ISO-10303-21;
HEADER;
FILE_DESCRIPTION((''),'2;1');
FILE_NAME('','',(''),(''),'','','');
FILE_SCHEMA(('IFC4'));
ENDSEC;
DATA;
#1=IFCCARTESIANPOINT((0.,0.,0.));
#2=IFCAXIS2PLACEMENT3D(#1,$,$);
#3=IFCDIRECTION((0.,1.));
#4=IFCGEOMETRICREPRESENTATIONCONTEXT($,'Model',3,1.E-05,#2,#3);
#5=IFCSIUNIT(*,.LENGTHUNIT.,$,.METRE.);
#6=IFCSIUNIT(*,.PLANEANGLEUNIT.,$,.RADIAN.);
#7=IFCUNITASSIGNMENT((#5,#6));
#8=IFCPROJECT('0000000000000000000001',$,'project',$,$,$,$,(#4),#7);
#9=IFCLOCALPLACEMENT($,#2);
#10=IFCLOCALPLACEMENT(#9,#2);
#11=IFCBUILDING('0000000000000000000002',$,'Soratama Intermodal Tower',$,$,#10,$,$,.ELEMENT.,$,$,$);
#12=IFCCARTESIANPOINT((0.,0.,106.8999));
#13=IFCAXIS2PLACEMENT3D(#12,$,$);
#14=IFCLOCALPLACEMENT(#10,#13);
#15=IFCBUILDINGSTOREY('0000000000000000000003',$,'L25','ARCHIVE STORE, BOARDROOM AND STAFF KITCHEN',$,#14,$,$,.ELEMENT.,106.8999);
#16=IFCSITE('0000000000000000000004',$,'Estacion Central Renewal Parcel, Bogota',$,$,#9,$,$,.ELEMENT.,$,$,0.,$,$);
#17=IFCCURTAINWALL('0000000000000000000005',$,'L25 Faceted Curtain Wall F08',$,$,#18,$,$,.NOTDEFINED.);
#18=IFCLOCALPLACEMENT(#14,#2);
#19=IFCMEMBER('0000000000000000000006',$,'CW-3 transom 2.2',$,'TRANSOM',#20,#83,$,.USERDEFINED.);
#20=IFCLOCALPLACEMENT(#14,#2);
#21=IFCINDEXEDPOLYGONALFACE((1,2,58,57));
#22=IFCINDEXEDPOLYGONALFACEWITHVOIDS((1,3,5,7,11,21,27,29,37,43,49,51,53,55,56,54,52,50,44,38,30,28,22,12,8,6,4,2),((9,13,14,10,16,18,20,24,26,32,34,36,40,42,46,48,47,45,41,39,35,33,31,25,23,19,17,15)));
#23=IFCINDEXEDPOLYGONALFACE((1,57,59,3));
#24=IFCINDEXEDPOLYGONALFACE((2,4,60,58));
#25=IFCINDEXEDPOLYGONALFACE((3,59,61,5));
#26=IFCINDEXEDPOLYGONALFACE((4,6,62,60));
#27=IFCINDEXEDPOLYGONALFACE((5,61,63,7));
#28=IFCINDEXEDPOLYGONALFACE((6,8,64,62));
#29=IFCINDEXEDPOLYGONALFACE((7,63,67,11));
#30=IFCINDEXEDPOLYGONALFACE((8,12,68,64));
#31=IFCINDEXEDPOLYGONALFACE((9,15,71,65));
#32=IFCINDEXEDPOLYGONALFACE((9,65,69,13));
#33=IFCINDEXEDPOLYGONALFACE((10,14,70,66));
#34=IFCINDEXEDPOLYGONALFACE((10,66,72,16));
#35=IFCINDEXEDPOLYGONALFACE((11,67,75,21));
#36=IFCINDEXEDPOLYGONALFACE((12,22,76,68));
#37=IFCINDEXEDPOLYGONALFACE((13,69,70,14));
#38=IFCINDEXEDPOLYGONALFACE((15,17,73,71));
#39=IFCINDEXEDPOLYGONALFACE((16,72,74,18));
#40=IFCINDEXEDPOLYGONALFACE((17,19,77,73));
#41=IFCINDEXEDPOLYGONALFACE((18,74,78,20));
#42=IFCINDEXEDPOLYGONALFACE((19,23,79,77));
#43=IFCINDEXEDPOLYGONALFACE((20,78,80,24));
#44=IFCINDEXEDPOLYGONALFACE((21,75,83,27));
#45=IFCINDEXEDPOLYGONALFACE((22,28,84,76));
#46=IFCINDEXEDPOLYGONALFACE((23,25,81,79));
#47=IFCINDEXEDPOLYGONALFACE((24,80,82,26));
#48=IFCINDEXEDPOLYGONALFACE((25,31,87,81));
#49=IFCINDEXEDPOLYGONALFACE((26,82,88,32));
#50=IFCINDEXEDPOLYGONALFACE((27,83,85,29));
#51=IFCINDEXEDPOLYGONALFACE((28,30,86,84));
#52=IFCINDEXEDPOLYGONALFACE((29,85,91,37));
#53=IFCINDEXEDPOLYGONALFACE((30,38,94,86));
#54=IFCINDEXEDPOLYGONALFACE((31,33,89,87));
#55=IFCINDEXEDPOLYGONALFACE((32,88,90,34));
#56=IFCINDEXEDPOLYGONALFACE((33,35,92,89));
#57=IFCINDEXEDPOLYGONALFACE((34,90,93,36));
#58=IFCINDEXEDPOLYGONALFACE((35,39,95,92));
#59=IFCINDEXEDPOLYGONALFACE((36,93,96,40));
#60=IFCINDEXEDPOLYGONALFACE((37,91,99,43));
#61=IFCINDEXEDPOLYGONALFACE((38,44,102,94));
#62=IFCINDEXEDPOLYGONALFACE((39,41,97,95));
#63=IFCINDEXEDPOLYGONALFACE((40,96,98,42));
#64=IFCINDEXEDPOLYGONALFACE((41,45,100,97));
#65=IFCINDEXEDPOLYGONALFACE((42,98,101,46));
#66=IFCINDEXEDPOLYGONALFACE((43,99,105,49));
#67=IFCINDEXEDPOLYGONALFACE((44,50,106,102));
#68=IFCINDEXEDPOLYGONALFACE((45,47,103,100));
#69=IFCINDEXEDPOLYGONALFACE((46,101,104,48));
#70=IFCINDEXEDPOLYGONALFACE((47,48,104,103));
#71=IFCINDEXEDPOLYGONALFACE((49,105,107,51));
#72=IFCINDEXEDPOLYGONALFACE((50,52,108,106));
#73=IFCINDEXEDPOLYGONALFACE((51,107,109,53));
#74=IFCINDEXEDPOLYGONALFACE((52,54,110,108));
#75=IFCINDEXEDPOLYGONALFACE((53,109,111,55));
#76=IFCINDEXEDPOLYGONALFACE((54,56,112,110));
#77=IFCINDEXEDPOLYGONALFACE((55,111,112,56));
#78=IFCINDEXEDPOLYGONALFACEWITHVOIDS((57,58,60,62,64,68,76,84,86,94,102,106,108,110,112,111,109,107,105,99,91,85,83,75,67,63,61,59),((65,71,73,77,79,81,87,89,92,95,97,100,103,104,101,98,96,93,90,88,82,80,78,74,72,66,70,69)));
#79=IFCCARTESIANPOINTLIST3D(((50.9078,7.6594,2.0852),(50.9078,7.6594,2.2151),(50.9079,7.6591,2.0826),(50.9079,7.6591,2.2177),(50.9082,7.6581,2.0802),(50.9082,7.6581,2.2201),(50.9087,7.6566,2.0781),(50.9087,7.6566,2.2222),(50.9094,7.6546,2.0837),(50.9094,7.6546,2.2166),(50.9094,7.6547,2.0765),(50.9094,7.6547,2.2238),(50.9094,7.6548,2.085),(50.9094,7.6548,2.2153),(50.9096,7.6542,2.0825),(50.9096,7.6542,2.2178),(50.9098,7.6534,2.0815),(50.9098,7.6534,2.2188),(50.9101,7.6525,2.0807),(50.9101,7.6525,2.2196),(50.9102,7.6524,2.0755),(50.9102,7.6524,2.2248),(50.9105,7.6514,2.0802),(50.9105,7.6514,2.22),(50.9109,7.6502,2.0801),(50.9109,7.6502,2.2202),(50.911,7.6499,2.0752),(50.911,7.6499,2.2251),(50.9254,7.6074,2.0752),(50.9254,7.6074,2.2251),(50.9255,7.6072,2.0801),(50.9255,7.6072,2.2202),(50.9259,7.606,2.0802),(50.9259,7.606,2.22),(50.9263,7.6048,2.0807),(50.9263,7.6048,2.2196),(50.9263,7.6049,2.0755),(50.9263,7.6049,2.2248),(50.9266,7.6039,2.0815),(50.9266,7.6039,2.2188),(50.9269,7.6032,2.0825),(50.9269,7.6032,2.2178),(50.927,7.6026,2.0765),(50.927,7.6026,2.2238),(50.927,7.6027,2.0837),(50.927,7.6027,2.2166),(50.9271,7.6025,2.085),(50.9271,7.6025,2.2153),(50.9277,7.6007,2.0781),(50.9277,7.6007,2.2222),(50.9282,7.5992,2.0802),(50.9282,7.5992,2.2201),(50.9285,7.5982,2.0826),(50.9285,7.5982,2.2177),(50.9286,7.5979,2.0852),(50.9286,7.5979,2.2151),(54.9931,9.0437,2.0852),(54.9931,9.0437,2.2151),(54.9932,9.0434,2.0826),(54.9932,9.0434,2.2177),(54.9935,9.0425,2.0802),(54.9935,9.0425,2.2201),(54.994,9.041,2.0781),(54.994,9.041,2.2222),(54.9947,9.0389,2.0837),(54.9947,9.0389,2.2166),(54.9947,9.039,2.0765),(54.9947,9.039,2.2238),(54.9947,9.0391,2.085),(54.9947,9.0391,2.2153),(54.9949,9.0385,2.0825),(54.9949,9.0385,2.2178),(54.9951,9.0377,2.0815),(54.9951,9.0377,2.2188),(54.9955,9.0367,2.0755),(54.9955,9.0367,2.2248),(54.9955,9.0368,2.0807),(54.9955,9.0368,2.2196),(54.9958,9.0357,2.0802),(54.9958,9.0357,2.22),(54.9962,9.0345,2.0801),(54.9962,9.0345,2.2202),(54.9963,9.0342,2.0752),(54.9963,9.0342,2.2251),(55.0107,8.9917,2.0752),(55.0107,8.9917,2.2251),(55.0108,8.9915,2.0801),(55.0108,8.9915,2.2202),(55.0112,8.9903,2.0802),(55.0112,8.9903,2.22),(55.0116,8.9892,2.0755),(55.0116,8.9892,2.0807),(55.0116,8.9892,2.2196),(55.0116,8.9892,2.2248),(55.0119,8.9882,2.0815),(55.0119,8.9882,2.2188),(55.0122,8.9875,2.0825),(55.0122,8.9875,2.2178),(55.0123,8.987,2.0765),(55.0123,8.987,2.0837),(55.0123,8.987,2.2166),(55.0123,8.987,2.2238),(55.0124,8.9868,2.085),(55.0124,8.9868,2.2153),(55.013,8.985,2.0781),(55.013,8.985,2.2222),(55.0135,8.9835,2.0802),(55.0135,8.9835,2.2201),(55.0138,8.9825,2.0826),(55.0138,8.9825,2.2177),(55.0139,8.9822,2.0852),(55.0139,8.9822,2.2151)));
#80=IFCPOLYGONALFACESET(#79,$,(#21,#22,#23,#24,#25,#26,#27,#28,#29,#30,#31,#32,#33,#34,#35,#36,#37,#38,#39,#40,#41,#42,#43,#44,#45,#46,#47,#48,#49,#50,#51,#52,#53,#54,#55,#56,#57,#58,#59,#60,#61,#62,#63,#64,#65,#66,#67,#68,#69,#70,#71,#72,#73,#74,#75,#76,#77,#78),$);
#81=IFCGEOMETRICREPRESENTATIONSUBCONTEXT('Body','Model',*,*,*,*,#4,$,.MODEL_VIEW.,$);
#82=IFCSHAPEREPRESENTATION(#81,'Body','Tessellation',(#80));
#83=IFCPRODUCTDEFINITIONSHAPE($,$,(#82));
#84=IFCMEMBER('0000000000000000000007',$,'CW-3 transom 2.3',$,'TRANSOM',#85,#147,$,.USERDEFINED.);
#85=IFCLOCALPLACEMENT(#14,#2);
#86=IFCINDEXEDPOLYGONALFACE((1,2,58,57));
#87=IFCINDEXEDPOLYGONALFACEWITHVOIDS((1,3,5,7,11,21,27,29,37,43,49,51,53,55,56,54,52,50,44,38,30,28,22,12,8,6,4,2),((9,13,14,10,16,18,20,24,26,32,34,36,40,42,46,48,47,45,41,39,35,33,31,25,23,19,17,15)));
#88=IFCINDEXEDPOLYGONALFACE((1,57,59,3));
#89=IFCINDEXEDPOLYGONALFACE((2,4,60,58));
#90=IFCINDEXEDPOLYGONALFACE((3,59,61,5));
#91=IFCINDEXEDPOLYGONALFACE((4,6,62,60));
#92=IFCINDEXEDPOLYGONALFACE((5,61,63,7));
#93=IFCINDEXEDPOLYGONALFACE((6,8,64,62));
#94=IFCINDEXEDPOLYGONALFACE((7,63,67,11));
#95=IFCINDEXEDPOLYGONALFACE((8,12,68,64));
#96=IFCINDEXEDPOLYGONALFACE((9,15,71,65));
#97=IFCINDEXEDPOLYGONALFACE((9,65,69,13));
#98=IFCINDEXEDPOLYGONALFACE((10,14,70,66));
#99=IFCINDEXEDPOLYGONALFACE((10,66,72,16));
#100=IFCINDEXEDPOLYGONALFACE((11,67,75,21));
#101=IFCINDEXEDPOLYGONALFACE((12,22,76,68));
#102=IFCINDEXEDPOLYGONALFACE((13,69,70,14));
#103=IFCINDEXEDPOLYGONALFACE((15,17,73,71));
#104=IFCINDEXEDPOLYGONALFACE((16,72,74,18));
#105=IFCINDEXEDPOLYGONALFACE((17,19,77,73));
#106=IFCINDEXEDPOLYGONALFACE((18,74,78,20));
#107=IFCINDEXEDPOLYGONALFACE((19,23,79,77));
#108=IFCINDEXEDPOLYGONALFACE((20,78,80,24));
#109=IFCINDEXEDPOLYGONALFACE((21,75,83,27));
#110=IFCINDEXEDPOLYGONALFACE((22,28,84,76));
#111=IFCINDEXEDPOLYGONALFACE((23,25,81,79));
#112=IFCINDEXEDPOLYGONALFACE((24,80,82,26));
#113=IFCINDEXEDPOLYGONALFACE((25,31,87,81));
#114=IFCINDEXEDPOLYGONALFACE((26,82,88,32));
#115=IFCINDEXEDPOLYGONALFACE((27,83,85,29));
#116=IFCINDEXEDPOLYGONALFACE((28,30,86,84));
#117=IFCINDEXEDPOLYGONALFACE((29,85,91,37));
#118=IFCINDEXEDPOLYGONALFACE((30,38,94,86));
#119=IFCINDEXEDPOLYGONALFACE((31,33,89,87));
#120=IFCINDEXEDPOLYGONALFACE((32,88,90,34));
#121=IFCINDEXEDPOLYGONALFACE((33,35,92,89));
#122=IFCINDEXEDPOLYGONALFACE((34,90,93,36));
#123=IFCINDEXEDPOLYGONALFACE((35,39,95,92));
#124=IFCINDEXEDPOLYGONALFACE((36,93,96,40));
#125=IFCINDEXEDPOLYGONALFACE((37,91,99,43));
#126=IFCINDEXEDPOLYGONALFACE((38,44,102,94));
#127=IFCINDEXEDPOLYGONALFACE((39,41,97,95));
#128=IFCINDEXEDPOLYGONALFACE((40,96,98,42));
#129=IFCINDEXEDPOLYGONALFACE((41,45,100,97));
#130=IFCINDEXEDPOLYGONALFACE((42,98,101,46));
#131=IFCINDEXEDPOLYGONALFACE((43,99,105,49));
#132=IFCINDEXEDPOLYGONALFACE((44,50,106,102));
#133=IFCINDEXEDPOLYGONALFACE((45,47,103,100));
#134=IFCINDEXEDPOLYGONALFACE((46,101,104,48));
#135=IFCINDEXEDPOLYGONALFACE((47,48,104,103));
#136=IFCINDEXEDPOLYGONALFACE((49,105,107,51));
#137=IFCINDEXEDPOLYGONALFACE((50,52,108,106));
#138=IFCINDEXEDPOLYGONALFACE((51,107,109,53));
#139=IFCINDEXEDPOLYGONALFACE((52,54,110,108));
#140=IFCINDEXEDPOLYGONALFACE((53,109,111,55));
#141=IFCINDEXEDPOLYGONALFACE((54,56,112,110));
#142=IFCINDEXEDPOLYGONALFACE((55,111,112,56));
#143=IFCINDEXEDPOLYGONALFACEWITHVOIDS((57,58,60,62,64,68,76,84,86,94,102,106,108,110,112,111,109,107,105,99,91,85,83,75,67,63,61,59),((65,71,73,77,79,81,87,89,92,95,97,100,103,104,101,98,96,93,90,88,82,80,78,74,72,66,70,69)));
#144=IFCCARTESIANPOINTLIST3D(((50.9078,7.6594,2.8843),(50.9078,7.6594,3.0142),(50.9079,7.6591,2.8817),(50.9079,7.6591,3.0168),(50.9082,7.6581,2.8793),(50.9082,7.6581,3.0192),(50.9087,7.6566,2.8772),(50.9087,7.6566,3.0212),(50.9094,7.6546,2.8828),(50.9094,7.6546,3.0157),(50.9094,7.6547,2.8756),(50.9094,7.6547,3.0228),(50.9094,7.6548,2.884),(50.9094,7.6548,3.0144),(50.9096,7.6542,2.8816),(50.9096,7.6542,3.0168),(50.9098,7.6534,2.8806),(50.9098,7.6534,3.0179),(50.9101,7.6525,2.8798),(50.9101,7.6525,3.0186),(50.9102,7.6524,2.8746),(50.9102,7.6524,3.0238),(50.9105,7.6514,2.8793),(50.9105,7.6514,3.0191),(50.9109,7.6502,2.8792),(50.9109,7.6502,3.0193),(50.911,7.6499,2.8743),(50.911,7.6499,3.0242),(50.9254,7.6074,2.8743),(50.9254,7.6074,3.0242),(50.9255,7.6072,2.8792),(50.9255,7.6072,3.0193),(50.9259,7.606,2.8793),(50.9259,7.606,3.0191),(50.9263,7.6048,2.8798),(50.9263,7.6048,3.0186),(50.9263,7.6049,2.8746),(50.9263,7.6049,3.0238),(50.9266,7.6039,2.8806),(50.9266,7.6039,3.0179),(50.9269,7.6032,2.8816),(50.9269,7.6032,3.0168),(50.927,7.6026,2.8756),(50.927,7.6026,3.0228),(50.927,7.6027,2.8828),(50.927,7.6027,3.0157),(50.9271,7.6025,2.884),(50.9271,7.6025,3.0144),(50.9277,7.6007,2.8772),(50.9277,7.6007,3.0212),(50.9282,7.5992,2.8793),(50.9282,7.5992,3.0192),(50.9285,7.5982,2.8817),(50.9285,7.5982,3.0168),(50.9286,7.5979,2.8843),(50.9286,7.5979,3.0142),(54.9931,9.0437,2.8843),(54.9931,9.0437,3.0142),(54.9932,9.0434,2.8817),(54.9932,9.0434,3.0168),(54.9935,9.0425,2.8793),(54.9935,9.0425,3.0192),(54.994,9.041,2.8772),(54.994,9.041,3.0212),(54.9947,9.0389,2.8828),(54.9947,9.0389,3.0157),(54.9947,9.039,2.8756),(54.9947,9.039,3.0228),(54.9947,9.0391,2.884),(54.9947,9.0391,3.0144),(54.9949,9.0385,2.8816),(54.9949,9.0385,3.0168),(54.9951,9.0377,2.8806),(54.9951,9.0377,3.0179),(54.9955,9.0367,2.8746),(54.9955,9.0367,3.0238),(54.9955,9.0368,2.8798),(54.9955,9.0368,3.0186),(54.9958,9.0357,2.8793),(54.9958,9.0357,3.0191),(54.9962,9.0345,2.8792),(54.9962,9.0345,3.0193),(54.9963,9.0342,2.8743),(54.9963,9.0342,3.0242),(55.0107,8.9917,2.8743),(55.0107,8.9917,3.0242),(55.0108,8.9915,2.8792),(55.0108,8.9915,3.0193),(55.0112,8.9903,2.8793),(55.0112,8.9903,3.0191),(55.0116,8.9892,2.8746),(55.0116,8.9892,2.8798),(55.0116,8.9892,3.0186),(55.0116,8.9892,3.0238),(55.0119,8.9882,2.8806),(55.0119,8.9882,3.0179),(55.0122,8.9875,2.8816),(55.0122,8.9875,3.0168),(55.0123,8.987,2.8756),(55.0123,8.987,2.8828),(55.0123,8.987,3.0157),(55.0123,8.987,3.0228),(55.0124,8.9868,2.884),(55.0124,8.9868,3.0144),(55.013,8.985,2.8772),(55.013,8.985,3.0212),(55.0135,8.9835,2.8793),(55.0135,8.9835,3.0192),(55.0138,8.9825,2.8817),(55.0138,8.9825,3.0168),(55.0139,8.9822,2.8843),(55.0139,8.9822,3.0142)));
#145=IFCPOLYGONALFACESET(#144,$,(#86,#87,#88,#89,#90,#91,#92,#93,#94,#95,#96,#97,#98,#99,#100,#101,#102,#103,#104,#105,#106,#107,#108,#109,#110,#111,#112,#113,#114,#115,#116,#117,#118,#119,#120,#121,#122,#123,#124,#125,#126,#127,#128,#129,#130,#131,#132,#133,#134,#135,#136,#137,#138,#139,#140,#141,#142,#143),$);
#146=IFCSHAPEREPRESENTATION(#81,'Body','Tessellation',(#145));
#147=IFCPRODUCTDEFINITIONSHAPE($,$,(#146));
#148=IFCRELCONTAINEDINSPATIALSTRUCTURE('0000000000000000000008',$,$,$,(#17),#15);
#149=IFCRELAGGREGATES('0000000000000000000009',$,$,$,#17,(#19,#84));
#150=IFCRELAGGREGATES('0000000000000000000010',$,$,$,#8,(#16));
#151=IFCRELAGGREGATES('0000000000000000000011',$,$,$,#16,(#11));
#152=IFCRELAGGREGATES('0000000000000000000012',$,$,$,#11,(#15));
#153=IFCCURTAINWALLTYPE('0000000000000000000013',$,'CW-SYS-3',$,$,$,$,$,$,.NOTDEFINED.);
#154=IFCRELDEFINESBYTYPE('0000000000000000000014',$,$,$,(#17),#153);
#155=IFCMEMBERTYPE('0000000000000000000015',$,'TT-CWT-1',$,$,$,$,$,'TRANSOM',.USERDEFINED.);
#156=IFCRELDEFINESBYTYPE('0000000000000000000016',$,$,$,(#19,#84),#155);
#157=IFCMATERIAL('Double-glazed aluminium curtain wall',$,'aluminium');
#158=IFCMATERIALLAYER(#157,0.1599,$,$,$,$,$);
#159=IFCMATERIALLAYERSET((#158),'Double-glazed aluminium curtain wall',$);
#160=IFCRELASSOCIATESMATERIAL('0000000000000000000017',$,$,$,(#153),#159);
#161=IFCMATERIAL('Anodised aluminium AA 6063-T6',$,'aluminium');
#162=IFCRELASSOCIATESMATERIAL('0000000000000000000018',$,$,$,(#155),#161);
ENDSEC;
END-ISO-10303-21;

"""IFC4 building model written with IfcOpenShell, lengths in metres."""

from ifc_helpers import new_model, si_unit, direction, frame, origin, origin_2d, place, context, subcontext, project, spatial, hollow_rectangle, extrude, material, layer, layer_set, material_profile, profile_set, type_object, element, aggregate, save


model = new_model("IFC4")

# Units and contexts
model_context = context("Model", 3, precision=1e-05, world=origin(), true_north=direction((0.0, 1.0)))
body_context = subcontext(model_context, "Body", "Model", "MODEL_VIEW")
ifc_project = project(units=[si_unit("LENGTHUNIT", "METRE"), si_unit("PLANEANGLEUNIT", "RADIAN")], contexts=[model_context])

# Site, building, storey
site_placement = place(None, origin())
site = spatial("IfcSite", under=ifc_project, at=site_placement, Name="Estacion Central Renewal Parcel, Bogota", CompositionType="ELEMENT", RefElevation=0.0)
building_placement = place(site_placement, origin())
building = spatial("IfcBuilding", under=site, at=building_placement, Name="Soratama Intermodal Tower", CompositionType="ELEMENT")
storey_placement = place(building_placement, frame((0.0, 0.0, 106.8999)))
storey = spatial("IfcBuildingStorey", under=building, at=storey_placement, Name="L25", Description="ARCHIVE STORE, BOARDROOM AND STAFF KITCHEN", CompositionType="ELEMENT", Elevation=106.8999)

# Curtain wall
ifc_material_1 = material(Name="Double-glazed aluminium curtain wall", Category="aluminium")
ifc_layer_1 = layer(ifc_material_1, 0.1599)
ifc_layer_set_1 = layer_set([ifc_layer_1], Name="Double-glazed aluminium curtain wall")
curtain_wall_type = type_object("IfcCurtainWallType", Name="CW-SYS-3", PredefinedType="NOTDEFINED", material=ifc_layer_set_1)
curtain_wall_1_placement = place(storey_placement, origin())
curtain_wall_1 = element("IfcCurtainWall", 1, at=curtain_wall_1_placement, inside=storey, type_object=curtain_wall_type, Name="L25 Faceted Curtain Wall F08", PredefinedType="NOTDEFINED")

# Members
ifc_material_2 = material(Name="Anodised aluminium AA 6063-T6", Category="aluminium")
ifc_material_profile_1 = material_profile(ifc_material_2, hollow_rectangle(XDim=0.0649, YDim=0.1499, WallThickness=0.0049, InnerFilletRadius=0.0049, OuterFilletRadius=0.01, at=origin_2d()), Name="CWT150X65X5")
ifc_profile_set_1 = profile_set([ifc_material_profile_1], Name="Anodised aluminium AA 6063-T6")
member_type_1 = type_object("IfcMemberType", Name="TT-CWT-1", ElementType="TRANSOM", PredefinedType="USERDEFINED", material=ifc_profile_set_1)
member_1_placement = place(storey_placement, frame((50.9182, 7.6287, 2.1501), z_axis=(0.947104, 0.320927, 0.0), x_axis=(-0.320927, 0.947104, 0.0)))
member_1 = element("IfcMember", 2, at=member_1_placement, type_object=member_type_1, Name="CW-3 transom 2.2", ObjectType="TRANSOM", PredefinedType="USERDEFINED", context=body_context, shape_type="SweptSolid", body=[
    extrude(hollow_rectangle(XDim=0.0649, YDim=0.1499, WallThickness=0.0049, InnerFilletRadius=0.0049, OuterFilletRadius=0.01, at=origin_2d()), origin(), (0.0, 0.0, 1.0), 4.3135),
])
member_2_placement = place(storey_placement, frame((50.9182, 7.6287, 2.9492), z_axis=(0.947104, 0.320927, 0.0), x_axis=(-0.320927, 0.947104, 0.0)))
member_2 = element("IfcMember", 3, at=member_2_placement, type_object=member_type_1, Name="CW-3 transom 2.3", ObjectType="TRANSOM", PredefinedType="USERDEFINED", context=body_context, shape_type="SweptSolid", body=[
    extrude(hollow_rectangle(XDim=0.0649, YDim=0.1499, WallThickness=0.0049, InnerFilletRadius=0.0049, OuterFilletRadius=0.01, at=origin_2d()), origin(), (0.0, 0.0, 1.0), 4.3135),
])

aggregate(curtain_wall_1, [member_1, member_2])

save(model, "model.ifc")
